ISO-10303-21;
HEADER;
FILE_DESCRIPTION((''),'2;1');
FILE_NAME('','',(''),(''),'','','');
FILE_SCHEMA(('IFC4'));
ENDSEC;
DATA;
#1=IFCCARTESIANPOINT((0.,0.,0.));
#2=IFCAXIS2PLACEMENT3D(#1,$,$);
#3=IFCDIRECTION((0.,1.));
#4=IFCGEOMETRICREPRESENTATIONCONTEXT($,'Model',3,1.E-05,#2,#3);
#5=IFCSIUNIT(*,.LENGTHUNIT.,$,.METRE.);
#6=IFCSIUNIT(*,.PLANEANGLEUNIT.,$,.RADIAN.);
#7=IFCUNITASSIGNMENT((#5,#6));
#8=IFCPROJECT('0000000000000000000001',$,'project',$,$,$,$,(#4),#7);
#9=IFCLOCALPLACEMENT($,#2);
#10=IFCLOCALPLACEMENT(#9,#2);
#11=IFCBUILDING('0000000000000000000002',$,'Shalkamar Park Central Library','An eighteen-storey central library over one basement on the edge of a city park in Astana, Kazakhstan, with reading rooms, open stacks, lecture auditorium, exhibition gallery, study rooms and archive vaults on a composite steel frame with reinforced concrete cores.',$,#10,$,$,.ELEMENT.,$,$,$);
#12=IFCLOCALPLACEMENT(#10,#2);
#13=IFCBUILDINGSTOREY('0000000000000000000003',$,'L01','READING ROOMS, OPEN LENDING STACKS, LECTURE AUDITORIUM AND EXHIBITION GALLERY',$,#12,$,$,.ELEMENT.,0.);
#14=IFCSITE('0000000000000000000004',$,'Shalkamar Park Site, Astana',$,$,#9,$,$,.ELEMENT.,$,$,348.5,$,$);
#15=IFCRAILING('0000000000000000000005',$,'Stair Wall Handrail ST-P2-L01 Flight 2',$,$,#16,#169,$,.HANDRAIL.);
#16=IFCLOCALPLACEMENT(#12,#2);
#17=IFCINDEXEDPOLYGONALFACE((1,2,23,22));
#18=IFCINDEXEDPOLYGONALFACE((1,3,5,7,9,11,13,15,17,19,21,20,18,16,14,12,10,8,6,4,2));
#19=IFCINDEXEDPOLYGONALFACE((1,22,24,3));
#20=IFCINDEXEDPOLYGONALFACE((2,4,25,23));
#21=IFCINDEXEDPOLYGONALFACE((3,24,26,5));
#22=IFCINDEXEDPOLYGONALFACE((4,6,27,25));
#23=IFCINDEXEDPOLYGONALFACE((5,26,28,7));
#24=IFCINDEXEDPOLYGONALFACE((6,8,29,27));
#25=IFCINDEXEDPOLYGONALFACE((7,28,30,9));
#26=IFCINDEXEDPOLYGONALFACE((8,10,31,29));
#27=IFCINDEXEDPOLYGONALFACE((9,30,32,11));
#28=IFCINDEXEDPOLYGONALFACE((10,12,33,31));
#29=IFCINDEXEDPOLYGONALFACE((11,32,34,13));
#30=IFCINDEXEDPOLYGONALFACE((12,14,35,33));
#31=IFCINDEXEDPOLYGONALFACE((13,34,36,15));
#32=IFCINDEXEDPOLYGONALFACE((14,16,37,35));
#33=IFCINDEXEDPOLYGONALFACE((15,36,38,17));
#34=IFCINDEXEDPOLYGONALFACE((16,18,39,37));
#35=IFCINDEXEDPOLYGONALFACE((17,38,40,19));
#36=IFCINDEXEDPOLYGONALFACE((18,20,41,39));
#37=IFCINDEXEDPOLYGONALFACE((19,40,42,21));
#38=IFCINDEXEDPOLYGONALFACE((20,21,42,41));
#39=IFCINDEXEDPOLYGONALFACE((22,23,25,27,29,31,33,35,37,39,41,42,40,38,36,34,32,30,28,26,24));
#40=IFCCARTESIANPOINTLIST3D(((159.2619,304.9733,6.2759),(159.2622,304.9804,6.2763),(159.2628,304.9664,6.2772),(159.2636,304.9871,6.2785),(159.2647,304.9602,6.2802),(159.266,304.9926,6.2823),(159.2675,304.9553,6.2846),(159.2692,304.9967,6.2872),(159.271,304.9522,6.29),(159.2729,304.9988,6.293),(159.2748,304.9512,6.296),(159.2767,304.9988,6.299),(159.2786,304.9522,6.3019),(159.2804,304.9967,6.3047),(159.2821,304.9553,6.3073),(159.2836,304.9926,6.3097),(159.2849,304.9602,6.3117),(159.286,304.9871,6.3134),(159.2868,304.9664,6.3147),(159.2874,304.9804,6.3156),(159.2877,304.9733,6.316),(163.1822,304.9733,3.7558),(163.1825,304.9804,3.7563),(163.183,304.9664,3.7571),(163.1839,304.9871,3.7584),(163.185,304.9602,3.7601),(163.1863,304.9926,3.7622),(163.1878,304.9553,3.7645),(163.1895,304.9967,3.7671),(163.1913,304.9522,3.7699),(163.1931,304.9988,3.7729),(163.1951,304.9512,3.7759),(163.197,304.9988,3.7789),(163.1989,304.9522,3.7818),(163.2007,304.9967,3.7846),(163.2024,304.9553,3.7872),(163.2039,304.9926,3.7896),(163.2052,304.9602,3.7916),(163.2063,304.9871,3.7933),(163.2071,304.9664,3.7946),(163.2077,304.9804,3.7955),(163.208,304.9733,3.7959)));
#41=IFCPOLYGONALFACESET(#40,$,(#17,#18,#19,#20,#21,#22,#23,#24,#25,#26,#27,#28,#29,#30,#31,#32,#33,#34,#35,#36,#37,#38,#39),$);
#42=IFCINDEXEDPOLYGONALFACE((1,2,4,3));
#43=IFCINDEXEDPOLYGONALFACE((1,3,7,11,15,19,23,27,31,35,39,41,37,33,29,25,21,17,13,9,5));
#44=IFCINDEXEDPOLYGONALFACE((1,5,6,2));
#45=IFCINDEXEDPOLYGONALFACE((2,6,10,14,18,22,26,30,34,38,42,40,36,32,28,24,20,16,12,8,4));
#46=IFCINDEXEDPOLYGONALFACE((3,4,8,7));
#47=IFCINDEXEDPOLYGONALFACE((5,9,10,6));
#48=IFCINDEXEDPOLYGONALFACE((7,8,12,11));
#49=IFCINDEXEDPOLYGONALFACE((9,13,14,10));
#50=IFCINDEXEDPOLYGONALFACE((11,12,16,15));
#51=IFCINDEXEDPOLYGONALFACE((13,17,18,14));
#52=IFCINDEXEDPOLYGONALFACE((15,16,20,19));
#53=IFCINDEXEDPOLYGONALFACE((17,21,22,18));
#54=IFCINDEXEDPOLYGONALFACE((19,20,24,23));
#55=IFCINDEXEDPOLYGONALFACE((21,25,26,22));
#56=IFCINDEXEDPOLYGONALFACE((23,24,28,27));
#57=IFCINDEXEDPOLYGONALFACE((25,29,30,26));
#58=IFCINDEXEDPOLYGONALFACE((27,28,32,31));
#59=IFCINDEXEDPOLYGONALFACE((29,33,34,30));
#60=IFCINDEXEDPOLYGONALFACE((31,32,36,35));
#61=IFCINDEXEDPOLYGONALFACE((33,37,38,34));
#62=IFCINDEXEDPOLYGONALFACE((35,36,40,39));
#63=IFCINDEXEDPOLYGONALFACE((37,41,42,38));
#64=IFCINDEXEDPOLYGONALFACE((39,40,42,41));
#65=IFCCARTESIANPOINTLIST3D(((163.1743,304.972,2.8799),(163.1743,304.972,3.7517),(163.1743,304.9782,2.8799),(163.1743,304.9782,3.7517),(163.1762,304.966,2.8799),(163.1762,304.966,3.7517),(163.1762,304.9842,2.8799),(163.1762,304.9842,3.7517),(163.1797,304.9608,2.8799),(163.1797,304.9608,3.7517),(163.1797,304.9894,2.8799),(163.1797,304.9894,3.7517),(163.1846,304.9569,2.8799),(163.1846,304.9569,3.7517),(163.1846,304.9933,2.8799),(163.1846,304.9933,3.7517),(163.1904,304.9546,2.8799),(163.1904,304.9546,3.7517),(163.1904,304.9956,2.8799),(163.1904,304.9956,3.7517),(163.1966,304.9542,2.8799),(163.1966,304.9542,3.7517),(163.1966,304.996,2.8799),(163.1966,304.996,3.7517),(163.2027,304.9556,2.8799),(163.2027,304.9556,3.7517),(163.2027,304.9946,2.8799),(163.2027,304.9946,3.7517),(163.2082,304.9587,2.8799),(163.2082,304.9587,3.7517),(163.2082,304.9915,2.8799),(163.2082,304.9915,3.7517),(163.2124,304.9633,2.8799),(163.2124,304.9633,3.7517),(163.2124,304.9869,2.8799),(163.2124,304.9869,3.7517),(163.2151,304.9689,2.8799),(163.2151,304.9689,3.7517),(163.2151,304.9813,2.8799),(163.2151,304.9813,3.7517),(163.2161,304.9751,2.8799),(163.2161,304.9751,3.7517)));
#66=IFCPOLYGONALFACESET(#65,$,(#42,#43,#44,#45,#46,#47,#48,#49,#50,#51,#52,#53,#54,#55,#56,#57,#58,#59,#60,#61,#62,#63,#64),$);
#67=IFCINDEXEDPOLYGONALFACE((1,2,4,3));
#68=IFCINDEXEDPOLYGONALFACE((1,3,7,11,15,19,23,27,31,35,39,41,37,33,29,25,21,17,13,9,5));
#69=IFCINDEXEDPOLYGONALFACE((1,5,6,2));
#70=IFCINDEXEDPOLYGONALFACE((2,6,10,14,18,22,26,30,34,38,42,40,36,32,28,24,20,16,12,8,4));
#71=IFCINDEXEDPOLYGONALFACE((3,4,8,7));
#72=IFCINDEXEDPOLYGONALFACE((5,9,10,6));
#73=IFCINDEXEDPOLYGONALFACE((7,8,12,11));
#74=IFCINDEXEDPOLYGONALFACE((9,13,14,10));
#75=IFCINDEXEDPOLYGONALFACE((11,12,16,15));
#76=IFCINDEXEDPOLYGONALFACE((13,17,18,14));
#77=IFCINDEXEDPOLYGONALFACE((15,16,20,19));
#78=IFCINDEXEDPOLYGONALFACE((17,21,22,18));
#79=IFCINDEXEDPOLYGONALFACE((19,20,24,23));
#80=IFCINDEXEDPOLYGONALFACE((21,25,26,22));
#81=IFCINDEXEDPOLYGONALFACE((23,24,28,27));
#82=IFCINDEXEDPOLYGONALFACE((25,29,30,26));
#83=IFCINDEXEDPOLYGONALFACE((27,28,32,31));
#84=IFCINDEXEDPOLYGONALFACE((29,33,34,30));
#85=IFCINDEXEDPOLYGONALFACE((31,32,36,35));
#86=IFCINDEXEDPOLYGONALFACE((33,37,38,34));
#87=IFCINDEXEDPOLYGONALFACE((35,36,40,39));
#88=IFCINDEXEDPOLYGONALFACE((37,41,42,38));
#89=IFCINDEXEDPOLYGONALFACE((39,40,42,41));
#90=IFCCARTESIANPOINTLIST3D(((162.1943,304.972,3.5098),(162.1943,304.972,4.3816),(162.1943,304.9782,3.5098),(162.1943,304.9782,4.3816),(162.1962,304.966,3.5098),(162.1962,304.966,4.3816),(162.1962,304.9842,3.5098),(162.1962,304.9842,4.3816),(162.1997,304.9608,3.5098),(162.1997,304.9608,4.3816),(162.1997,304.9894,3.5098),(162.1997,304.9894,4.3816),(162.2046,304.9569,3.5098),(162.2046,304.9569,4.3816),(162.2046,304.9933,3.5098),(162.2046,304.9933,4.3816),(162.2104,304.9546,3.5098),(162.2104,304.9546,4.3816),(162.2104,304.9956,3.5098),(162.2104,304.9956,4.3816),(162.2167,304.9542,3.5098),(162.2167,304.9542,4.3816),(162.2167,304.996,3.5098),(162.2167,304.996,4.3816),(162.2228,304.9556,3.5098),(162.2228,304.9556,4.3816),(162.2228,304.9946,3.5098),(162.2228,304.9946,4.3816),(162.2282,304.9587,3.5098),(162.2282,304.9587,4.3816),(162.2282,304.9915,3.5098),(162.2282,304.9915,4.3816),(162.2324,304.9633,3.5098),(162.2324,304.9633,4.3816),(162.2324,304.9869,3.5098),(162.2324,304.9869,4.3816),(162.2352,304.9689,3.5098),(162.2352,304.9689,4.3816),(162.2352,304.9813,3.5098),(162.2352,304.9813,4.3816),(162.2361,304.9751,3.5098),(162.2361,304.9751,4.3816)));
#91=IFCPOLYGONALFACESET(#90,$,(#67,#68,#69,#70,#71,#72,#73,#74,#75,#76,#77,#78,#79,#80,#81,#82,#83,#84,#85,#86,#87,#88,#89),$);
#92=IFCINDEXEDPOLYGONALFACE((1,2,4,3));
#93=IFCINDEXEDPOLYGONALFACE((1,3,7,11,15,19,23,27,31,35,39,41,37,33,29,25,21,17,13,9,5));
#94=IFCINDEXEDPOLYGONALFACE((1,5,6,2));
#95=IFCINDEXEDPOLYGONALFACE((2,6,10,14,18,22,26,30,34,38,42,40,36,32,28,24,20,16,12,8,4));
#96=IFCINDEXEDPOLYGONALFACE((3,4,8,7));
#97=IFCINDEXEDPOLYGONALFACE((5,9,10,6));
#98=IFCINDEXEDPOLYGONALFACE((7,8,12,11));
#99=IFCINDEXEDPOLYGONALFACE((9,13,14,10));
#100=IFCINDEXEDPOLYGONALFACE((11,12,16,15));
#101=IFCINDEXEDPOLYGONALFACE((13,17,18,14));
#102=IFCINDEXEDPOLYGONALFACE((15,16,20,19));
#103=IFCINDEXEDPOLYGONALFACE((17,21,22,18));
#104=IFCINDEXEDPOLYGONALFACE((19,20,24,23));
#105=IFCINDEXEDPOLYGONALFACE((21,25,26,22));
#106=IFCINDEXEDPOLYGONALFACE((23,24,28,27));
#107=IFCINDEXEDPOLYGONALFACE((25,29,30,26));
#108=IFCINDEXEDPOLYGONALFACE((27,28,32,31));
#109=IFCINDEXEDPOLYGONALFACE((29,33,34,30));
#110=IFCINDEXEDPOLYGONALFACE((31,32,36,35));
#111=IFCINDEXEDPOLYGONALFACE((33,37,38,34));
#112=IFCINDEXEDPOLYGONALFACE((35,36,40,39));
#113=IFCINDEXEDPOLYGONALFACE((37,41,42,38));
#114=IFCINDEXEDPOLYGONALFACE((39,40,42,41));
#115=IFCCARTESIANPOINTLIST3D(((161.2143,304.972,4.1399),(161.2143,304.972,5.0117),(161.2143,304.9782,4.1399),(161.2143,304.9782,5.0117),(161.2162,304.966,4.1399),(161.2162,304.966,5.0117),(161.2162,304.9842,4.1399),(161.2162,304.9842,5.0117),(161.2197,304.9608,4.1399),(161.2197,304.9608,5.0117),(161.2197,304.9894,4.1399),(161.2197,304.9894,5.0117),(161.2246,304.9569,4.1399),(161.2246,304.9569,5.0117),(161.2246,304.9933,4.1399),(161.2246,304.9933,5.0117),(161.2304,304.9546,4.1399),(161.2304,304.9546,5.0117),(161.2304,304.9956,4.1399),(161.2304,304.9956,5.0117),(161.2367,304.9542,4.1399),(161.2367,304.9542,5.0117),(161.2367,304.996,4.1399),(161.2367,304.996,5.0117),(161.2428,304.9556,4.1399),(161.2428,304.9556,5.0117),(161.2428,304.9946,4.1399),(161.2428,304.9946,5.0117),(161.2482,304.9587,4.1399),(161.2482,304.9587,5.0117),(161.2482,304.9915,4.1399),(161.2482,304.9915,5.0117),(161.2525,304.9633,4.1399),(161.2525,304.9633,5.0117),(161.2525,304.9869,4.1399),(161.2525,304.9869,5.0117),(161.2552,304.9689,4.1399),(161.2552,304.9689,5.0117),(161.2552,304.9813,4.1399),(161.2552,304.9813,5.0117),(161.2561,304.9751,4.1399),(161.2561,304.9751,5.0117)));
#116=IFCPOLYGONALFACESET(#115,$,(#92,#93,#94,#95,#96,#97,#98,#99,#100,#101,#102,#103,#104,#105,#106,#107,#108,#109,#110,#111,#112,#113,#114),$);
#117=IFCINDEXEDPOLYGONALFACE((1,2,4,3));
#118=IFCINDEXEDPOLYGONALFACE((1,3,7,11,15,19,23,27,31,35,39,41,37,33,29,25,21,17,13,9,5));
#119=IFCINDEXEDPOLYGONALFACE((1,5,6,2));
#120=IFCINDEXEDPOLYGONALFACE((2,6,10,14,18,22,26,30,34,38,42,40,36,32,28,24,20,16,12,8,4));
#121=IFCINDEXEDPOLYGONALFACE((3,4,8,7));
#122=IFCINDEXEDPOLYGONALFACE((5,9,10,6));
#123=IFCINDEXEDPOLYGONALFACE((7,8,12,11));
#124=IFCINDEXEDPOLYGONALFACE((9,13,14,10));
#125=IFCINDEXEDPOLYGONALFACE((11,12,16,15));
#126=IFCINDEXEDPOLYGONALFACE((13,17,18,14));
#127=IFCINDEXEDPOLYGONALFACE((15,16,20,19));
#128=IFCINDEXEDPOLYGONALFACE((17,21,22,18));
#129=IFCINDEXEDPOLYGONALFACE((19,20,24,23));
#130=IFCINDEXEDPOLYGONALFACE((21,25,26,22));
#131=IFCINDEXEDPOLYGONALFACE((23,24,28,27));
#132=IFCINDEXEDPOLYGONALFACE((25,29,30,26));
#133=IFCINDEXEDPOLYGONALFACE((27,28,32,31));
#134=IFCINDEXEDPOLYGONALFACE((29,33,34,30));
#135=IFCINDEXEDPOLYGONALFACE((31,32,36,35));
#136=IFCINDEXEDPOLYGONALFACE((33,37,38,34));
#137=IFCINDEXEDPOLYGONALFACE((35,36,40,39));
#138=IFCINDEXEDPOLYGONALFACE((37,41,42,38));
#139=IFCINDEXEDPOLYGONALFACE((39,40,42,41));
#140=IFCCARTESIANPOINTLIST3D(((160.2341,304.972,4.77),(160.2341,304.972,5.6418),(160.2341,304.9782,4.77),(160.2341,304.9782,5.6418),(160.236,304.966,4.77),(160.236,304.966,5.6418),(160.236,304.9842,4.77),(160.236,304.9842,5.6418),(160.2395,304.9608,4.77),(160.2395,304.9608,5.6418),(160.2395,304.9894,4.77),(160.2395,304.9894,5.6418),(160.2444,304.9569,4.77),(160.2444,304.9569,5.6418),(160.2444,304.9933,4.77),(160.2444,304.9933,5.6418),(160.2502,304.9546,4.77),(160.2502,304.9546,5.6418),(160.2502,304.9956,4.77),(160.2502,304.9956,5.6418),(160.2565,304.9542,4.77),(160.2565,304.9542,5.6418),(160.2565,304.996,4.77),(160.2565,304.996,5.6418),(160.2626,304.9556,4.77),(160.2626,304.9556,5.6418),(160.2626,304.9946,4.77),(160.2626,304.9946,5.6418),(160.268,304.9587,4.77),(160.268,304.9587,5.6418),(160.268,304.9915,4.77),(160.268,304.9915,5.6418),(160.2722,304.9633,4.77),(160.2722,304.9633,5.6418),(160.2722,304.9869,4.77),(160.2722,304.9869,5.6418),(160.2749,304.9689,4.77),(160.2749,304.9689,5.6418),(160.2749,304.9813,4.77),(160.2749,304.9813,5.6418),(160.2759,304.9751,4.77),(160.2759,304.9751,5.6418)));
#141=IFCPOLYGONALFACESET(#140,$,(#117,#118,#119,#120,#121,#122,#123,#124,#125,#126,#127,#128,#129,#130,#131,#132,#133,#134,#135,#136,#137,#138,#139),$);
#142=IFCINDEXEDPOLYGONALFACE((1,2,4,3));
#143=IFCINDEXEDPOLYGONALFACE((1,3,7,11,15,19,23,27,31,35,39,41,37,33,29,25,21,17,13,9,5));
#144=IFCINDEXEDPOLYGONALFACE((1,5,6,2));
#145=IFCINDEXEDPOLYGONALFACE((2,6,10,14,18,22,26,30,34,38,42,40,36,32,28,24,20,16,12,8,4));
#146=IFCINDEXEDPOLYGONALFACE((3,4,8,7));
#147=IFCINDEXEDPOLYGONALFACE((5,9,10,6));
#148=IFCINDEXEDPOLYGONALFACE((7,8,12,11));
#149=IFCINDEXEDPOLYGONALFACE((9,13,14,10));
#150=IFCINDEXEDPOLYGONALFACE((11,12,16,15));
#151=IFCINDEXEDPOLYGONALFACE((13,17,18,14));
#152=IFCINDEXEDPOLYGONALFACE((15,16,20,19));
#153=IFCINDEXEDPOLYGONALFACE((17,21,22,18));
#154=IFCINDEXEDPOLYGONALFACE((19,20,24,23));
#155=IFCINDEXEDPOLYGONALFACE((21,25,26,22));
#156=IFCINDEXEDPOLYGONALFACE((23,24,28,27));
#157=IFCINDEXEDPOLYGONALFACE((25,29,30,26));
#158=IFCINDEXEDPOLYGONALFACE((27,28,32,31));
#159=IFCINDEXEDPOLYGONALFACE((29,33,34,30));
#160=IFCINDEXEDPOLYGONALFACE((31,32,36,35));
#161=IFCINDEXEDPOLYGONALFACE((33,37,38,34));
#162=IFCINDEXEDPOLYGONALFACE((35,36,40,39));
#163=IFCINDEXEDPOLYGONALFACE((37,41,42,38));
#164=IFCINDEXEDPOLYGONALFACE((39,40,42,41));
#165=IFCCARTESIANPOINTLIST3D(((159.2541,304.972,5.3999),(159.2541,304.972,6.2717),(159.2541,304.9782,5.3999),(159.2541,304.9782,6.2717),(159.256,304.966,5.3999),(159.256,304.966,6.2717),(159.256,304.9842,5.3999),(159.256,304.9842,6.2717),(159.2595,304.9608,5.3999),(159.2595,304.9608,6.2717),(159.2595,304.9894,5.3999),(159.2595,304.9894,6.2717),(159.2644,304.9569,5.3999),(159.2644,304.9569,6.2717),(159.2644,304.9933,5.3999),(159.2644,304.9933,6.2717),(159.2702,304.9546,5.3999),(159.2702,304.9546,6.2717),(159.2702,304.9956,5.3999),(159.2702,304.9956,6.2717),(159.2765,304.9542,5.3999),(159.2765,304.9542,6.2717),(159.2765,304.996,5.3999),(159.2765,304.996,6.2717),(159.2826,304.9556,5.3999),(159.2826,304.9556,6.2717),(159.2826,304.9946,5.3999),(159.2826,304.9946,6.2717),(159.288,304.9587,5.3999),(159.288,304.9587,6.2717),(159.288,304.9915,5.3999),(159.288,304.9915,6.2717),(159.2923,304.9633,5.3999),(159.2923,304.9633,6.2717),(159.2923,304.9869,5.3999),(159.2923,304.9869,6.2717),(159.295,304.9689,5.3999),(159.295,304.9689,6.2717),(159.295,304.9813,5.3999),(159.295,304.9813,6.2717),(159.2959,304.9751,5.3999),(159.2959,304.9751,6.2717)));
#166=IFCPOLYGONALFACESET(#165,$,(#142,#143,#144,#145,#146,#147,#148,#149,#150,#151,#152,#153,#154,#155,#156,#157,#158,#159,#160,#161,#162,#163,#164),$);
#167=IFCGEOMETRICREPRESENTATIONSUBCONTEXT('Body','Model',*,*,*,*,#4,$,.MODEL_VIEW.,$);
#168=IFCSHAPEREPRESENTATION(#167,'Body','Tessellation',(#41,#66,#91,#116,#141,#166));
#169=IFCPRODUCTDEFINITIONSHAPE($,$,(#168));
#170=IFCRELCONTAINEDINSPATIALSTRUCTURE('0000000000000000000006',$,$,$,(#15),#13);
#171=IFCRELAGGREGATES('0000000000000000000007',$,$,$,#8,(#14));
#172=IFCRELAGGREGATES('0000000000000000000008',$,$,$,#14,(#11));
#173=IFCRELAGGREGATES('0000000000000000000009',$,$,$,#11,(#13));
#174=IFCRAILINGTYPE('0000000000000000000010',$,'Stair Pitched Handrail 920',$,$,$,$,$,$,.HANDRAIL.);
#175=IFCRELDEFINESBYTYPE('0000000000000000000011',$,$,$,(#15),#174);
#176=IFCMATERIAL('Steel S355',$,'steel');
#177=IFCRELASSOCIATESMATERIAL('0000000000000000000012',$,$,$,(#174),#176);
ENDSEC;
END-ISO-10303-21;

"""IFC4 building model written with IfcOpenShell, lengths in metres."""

from ifc_helpers import new_model, si_unit, direction, frame, origin, origin_2d, place, context, subcontext, project, spatial, circle, extrude, material, type_object, element, save


model = new_model("IFC4")

# Units and contexts
model_context = context("Model", 3, precision=1e-05, world=origin(), true_north=direction((0.0, 1.0)))
body_context = subcontext(model_context, "Body", "Model", "MODEL_VIEW")
ifc_project = project(units=[si_unit("LENGTHUNIT", "METRE"), si_unit("PLANEANGLEUNIT", "RADIAN")], contexts=[model_context])

# Site, building, storey
site_placement = place(None, origin())
site = spatial("IfcSite", under=ifc_project, at=site_placement, Name="Shalkamar Park Site, Astana", CompositionType="ELEMENT", RefElevation=348.5)
building_placement = place(site_placement, origin())
building = spatial("IfcBuilding", under=site, at=building_placement, Name="Shalkamar Park Central Library", Description="An eighteen-storey central library over one basement on the edge of a city park in Astana, Kazakhstan, with reading rooms, open stacks, lecture auditorium, exhibition gallery, study rooms and archive vaults on a composite steel frame with reinforced concrete cores.", CompositionType="ELEMENT")
storey_placement = place(building_placement, origin())
storey = spatial("IfcBuildingStorey", under=building, at=storey_placement, Name="L01", Description="READING ROOMS, OPEN LENDING STACKS, LECTURE AUDITORIUM AND EXHIBITION GALLERY", CompositionType="ELEMENT", Elevation=0.0)

# Shared definitions
ifc_material_1 = material(Name="Steel S355", Category="steel")

# Railing
railing_type_1 = type_object("IfcRailingType", Name="Stair Pitched Handrail 920", PredefinedType="HANDRAIL", material=ifc_material_1)
railing_1_placement = place(storey_placement, frame((163.1951, 304.9751, 2.8799)))
element("IfcRailing", 1, at=railing_1_placement, inside=storey, type_object=railing_type_1, Name="Stair Wall Handrail ST-P2-L01 Flight 2", PredefinedType="HANDRAIL", context=body_context, shape_type="SweptSolid", body=[
    extrude(circle(Radius=0.0239, at=origin_2d()), frame((0.0, 0.0, 0.896), z_axis=(-0.841187, 0.0, 0.540744), x_axis=(0.0, -1.0, 0.0)), (0.0, 0.0, 1.0), 4.6604),
    extrude(circle(Radius=0.021, at=origin_2d()), origin(), (0.0, 0.0, 1.0), 0.8718),
    extrude(circle(Radius=0.021, at=origin_2d()), frame((-0.98, 0.0, 0.6299)), (0.0, 0.0, 1.0), 0.8718),
    extrude(circle(Radius=0.021, at=origin_2d()), frame((-1.96, 0.0, 1.26)), (0.0, 0.0, 1.0), 0.8718),
    extrude(circle(Radius=0.021, at=origin_2d()), frame((-2.9402, 0.0, 1.8901)), (0.0, 0.0, 1.0), 0.8718),
    extrude(circle(Radius=0.021, at=origin_2d()), frame((-3.9202, 0.0, 2.52)), (0.0, 0.0, 1.0), 0.8718),
])

save(model, "model.ifc")
